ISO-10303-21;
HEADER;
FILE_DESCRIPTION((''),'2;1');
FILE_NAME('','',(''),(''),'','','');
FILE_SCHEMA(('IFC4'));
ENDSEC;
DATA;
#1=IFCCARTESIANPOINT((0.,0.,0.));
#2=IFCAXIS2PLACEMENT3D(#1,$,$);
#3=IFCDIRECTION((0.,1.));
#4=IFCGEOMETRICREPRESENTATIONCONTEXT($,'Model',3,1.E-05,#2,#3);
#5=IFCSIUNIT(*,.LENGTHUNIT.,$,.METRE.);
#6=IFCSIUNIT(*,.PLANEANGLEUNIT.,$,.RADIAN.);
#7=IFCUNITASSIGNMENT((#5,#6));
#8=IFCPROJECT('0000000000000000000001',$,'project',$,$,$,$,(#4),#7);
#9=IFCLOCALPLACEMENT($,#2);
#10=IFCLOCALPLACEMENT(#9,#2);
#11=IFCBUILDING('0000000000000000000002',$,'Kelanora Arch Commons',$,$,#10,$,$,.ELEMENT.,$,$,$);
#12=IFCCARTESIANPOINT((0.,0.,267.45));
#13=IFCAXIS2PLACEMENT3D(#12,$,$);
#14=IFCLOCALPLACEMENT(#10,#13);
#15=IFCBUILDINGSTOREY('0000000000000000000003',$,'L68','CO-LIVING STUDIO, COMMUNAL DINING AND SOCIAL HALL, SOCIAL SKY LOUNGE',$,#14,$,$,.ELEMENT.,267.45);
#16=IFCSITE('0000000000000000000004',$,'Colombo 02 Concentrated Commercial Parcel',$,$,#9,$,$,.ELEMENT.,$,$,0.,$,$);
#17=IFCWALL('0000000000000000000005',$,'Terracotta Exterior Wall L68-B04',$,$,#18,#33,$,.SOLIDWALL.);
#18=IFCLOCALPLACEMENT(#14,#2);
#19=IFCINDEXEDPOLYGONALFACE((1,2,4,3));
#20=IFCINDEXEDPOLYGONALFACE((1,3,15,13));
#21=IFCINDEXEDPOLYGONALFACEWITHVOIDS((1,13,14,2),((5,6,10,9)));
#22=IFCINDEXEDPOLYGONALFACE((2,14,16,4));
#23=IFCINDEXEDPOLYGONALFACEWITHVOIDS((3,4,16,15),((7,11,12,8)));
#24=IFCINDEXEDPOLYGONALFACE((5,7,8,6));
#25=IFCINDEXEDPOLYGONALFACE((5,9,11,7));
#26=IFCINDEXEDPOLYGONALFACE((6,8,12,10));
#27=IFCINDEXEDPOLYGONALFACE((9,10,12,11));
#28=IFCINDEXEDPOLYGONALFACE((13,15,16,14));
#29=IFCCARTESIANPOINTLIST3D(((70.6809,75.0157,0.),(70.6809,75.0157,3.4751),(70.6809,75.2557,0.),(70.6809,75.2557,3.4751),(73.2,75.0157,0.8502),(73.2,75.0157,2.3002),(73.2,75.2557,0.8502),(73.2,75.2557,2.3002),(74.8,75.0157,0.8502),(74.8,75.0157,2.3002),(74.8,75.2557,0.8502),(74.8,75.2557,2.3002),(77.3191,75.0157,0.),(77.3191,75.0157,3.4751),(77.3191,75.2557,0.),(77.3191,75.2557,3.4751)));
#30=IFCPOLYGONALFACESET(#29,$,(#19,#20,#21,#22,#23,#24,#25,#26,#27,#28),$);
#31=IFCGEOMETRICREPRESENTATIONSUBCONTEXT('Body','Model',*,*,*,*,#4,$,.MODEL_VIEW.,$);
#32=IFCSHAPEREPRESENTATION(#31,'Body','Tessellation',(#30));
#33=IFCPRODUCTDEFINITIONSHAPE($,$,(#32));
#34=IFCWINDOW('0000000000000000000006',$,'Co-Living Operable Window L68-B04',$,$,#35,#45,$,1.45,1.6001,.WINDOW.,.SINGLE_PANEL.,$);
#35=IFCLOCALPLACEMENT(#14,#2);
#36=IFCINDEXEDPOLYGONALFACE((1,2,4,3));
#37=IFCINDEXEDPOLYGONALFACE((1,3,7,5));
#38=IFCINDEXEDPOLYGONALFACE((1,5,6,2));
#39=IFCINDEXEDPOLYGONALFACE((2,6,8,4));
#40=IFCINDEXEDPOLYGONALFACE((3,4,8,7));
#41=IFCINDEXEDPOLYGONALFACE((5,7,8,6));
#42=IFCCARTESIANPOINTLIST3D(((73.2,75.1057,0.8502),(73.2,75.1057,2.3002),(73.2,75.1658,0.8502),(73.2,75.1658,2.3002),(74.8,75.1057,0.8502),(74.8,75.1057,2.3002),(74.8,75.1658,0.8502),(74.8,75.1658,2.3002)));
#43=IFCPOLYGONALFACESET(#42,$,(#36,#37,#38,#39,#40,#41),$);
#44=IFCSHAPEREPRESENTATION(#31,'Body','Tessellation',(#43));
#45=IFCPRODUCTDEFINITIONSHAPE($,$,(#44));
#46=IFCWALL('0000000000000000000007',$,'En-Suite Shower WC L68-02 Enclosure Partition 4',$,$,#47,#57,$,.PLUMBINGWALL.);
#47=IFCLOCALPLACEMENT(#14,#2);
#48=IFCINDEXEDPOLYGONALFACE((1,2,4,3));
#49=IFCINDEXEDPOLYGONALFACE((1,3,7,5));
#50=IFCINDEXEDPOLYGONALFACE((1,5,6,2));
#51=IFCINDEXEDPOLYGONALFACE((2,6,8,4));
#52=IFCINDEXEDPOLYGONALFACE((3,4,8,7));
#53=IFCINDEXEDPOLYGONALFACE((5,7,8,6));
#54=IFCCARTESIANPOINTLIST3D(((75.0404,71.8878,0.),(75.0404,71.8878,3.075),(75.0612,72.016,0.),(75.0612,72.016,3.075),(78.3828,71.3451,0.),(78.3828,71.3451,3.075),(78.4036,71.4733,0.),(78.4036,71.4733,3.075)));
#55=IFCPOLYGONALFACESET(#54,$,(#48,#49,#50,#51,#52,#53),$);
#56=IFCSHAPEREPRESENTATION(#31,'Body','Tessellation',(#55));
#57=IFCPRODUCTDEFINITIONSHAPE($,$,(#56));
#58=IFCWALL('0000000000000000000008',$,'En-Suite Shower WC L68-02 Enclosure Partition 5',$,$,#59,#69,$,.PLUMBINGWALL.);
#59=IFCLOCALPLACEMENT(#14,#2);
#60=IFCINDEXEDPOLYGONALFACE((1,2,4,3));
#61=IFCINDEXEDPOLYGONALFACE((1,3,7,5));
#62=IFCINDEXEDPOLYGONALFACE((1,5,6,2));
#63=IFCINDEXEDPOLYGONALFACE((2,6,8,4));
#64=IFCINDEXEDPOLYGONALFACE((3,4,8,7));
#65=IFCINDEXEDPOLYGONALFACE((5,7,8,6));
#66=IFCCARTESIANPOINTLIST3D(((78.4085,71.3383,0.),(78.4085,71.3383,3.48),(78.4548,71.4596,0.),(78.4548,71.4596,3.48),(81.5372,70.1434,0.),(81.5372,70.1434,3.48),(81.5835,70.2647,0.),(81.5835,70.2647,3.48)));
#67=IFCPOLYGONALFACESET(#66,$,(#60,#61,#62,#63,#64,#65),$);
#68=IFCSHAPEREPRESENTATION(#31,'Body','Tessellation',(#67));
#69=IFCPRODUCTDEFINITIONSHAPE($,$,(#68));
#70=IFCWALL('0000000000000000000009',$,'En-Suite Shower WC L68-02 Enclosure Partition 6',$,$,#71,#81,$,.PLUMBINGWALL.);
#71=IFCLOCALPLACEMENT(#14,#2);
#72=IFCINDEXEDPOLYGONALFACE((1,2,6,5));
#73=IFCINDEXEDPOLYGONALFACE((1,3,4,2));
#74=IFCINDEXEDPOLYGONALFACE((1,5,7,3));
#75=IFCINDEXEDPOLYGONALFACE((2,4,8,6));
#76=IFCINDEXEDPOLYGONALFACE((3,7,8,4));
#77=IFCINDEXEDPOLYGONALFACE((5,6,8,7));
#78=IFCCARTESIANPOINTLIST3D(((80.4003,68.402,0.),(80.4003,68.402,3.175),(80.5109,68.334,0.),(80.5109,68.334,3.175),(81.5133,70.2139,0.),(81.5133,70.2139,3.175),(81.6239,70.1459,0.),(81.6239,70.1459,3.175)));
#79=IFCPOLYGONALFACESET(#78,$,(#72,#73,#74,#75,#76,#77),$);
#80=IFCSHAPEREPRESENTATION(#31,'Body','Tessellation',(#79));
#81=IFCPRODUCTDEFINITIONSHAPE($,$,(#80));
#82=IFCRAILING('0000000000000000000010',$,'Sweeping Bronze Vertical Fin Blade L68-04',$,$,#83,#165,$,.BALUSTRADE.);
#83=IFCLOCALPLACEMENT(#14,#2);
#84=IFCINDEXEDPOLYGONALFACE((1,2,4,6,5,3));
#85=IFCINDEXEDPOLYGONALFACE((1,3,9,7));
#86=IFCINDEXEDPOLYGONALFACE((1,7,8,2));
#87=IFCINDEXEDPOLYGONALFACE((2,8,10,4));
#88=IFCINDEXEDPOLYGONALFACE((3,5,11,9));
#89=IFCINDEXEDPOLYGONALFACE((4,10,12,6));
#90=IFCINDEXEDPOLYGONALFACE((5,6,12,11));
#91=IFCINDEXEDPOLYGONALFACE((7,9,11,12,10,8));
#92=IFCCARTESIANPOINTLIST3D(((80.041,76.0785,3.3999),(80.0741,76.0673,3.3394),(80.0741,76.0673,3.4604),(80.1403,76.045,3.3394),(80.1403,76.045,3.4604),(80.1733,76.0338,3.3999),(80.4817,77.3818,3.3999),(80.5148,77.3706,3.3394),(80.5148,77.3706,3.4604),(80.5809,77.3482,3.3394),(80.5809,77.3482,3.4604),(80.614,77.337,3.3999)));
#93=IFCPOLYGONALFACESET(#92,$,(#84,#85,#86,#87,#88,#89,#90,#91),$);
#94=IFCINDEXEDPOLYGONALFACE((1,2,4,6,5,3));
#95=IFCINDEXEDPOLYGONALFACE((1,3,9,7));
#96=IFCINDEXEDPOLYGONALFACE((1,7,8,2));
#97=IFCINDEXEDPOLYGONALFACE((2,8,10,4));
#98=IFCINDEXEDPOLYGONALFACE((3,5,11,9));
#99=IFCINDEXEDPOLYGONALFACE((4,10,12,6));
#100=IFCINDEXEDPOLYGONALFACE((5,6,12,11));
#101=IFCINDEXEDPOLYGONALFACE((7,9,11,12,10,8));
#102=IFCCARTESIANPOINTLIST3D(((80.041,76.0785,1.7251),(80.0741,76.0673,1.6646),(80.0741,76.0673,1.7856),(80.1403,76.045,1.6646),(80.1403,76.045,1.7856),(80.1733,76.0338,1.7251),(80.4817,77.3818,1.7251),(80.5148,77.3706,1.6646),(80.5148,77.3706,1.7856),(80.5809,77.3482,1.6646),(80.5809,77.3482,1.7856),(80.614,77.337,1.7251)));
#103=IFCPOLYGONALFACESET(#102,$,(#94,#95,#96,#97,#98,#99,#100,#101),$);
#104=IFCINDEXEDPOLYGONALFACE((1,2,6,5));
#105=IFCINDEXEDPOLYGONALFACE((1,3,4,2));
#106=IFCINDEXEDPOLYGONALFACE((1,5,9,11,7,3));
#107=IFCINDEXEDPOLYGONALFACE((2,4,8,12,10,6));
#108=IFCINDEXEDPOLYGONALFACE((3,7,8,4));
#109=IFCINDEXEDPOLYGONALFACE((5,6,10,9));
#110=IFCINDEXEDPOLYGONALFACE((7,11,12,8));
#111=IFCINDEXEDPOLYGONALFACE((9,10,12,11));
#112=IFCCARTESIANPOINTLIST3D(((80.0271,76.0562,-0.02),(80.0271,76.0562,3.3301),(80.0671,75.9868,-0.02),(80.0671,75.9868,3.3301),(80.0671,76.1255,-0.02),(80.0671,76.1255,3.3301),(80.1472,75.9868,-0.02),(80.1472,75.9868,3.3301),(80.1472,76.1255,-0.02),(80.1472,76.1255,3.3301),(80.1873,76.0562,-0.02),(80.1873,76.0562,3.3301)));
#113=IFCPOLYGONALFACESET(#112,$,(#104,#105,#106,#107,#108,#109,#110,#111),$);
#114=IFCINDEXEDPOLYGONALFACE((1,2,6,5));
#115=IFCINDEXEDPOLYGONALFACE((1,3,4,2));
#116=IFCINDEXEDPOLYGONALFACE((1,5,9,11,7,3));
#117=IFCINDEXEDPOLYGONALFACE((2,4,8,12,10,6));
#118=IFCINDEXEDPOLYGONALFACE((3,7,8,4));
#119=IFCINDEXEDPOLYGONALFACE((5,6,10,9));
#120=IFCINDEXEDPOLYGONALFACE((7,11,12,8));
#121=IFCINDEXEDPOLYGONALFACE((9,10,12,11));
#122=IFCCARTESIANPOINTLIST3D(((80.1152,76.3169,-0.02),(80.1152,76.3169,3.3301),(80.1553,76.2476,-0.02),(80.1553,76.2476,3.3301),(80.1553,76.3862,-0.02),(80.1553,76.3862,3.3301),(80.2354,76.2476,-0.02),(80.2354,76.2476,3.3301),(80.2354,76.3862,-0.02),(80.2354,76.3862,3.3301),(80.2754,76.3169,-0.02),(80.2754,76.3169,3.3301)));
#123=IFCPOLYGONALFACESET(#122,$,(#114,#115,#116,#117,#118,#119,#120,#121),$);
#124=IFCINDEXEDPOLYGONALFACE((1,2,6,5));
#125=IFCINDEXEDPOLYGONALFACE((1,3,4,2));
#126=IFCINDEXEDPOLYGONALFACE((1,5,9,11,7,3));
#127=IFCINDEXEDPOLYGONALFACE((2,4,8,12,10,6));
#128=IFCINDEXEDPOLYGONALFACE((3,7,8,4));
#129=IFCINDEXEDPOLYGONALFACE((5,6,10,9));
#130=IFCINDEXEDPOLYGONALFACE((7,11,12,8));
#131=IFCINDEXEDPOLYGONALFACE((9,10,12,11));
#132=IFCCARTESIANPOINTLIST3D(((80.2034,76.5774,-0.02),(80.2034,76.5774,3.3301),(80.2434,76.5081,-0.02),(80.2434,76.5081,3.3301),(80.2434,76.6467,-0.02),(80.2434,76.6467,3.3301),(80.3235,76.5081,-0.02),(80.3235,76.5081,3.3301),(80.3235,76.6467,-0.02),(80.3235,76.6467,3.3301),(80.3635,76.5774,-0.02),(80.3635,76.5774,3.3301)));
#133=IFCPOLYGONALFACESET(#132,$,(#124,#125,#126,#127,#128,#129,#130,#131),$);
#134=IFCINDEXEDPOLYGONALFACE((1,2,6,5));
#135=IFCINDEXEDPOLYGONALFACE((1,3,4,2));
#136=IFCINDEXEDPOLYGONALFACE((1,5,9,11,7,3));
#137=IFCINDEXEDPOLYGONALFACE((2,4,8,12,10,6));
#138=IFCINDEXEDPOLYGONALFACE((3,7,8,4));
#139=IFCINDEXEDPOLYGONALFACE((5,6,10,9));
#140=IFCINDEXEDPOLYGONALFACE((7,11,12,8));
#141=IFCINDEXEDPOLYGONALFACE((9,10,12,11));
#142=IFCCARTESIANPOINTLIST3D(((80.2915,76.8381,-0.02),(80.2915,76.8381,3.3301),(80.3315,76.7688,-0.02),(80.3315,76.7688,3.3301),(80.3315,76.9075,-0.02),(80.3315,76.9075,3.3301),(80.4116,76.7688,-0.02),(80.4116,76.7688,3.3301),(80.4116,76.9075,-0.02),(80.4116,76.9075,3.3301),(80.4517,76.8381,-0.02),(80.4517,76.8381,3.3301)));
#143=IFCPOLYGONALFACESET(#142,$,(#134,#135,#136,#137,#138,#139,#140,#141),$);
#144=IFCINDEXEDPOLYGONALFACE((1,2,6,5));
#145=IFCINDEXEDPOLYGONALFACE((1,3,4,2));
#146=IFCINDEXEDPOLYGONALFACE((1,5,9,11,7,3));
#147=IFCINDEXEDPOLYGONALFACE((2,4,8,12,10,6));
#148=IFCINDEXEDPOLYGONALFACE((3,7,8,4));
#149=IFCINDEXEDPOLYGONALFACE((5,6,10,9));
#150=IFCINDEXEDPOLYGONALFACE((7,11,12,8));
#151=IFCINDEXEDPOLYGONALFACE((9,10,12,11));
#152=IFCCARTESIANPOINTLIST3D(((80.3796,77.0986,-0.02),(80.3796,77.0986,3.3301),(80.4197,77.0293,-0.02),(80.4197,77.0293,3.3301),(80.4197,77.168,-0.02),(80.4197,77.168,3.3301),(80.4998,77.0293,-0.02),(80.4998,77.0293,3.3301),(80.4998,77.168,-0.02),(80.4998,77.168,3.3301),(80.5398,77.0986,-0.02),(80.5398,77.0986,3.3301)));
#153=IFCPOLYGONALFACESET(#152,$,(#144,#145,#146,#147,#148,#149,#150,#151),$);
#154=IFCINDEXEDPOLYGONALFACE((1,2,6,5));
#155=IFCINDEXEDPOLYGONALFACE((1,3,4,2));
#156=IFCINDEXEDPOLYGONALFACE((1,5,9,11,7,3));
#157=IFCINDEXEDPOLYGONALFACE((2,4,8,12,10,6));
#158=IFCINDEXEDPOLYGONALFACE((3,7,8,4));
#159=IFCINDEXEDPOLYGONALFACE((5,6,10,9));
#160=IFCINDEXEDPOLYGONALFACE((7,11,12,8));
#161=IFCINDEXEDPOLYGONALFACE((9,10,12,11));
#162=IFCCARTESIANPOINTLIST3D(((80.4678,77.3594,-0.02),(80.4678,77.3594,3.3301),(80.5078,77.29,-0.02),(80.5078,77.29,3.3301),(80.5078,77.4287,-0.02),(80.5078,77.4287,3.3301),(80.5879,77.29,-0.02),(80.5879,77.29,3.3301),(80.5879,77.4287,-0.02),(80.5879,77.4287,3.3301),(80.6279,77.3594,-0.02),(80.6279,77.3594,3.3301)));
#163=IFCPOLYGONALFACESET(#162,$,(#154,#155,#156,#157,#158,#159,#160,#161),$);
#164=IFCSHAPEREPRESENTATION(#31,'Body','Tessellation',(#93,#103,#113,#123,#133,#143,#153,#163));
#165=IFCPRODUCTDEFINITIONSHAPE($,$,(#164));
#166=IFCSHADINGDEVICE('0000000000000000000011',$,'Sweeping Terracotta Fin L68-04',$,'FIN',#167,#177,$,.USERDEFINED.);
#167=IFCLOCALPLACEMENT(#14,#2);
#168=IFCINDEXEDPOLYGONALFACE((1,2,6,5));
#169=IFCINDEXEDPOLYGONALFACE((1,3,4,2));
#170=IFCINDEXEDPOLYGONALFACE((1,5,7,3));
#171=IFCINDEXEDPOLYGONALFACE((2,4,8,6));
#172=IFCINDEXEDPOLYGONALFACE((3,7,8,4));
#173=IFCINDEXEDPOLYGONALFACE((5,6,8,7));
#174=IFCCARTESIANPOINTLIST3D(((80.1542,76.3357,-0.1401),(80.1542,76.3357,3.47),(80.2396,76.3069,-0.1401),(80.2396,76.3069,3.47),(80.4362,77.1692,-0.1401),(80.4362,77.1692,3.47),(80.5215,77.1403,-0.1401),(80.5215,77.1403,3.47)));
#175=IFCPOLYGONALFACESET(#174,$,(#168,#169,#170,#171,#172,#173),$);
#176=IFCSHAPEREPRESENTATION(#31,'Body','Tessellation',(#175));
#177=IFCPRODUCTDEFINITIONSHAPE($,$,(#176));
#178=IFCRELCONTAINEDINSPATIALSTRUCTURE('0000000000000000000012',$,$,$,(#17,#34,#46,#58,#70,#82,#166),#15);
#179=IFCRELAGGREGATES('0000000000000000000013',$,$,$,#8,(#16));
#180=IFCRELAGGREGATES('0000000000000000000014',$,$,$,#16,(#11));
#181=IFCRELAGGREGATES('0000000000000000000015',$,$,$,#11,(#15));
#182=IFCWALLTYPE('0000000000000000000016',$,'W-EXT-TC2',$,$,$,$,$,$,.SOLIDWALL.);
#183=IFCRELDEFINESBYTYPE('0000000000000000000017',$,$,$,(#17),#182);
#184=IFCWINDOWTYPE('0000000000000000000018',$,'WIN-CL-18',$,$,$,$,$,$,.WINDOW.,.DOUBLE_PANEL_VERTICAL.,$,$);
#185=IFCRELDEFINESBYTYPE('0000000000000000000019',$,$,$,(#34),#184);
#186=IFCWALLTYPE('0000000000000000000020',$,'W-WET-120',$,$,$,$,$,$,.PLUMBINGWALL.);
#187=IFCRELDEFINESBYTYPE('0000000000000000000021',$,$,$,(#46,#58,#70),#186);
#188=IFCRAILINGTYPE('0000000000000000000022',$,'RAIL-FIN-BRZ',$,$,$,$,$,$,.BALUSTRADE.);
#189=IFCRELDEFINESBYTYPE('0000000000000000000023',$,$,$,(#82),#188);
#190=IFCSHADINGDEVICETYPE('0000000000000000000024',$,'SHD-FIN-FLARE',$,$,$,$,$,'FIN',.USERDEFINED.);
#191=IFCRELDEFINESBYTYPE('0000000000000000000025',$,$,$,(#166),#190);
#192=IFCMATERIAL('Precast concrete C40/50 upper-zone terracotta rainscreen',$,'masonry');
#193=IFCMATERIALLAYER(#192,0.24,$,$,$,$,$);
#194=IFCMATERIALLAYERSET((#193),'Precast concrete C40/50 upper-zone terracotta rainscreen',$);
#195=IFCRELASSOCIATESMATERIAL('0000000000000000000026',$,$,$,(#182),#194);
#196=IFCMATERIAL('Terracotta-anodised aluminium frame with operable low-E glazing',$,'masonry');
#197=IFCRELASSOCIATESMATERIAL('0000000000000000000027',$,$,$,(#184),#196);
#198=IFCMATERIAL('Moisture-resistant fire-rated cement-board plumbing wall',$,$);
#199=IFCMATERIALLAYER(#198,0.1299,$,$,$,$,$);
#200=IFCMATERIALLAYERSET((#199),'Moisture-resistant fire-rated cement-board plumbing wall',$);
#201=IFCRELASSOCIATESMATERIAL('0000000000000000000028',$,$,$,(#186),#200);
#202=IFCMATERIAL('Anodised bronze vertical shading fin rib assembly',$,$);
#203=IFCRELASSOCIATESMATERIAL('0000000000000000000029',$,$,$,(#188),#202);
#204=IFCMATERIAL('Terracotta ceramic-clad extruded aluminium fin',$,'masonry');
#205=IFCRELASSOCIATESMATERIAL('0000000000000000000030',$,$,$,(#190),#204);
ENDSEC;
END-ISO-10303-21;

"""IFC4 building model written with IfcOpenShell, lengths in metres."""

from ifc_helpers import new_model, si_unit, direction, frame, frame_2d, origin, origin_2d, place, context, subcontext, project, spatial, polyline, rectangle, outline, extrude, source, transform, mapped, material, layer, layer_set, type_object, element, fill, save


model = new_model("IFC4")

# Units and contexts
model_context = context("Model", 3, precision=1e-05, world=origin(), true_north=direction((0.0, 1.0)))
body_context = subcontext(model_context, "Body", "Model", "MODEL_VIEW")
ifc_project = project(units=[si_unit("LENGTHUNIT", "METRE"), si_unit("PLANEANGLEUNIT", "RADIAN")], contexts=[model_context])

# Site, building, storey
site_placement = place(None, origin())
site = spatial("IfcSite", under=ifc_project, at=site_placement, Name="Colombo 02 Concentrated Commercial Parcel", CompositionType="ELEMENT", RefElevation=0.0)
building_placement = place(site_placement, origin())
building = spatial("IfcBuilding", under=site, at=building_placement, Name="Kelanora Arch Commons", CompositionType="ELEMENT")
storey_placement = place(building_placement, frame((0.0, 0.0, 267.45)))
storey = spatial("IfcBuildingStorey", under=building, at=storey_placement, Name="L68", Description="CO-LIVING STUDIO, COMMUNAL DINING AND SOCIAL HALL, SOCIAL SKY LOUNGE", CompositionType="ELEMENT", Elevation=267.45)

# Wall, opening, window
ifc_material_1 = material(Name="Precast concrete C40/50 upper-zone terracotta rainscreen", Category="masonry")
ifc_layer_1 = layer(ifc_material_1, 0.24)
ifc_layer_set_1 = layer_set([ifc_layer_1], Name="Precast concrete C40/50 upper-zone terracotta rainscreen")
wall_type_1 = type_object("IfcWallType", Name="W-EXT-TC2", PredefinedType="SOLIDWALL", material=ifc_layer_set_1)
wall_1_placement = place(storey_placement, frame((77.3191, 75.1357, 0.0), z_axis=(0.0, 0.0, 1.0), x_axis=(-1.0, 0.0, 0.0)))
wall_1 = element("IfcWall", 1, at=wall_1_placement, inside=storey, type_object=wall_type_1, Name="Terracotta Exterior Wall L68-B04", PredefinedType="SOLIDWALL", context=body_context, shape_type="SweptSolid", body=[
    extrude(rectangle(XDim=6.6382, YDim=0.24, at=frame_2d((3.3191, 0.0))), origin(), (0.0, 0.0, 1.0), 3.4751),
])
opening_placement = place(wall_1_placement, frame((2.519, 0.0, 0.8501)))
opening = element("IfcOpeningElement", 2, at=opening_placement, cuts=wall_1, PredefinedType="OPENING", context=body_context, shape_type="SweptSolid", body=[
    extrude(rectangle(XDim=1.6001, YDim=1.45, at=frame_2d((0.8, 0.7251))), frame((0.0, 0.1299, 0.0), z_axis=(0.0, -1.0, 0.0), x_axis=(1.0, 0.0, 0.0)), (0.0, 0.0, 1.0), 0.26),
])
ifc_material_2 = material(Name="Terracotta-anodised aluminium frame with operable low-E glazing", Category="masonry")
window_type = type_object("IfcWindowType", Name="WIN-CL-18", PartitioningType="DOUBLE_PANEL_VERTICAL", PredefinedType="WINDOW", material=ifc_material_2)
window_placement = place(opening_placement, origin())
window = element("IfcWindow", 3, at=window_placement, inside=storey, type_object=window_type, Name="Co-Living Operable Window L68-B04", OverallHeight=1.45, OverallWidth=1.6001, PartitioningType="SINGLE_PANEL", PredefinedType="WINDOW", context=body_context, shape_type="SweptSolid", body=[
    extrude(rectangle(XDim=1.6001, YDim=1.45, at=frame_2d((0.8, 0.7251))), frame((0.0, 0.03, 0.0), z_axis=(0.0, -1.0, 0.0), x_axis=(1.0, 0.0, 0.0)), (0.0, 0.0, 1.0), 0.0601),
])
fill(opening, window)

# Walls
ifc_material_3 = material(Name="Moisture-resistant fire-rated cement-board plumbing wall")
ifc_layer_2 = layer(ifc_material_3, 0.1299)
ifc_layer_set_2 = layer_set([ifc_layer_2], Name="Moisture-resistant fire-rated cement-board plumbing wall")
wall_type_2 = type_object("IfcWallType", Name="W-WET-120", PredefinedType="PLUMBINGWALL", material=ifc_layer_set_2)
wall_2_placement = place(storey_placement, frame((75.0508, 71.9519, 0.0), z_axis=(0.0, 0.0, 1.0), x_axis=(0.987073, -0.160271, 0.0)))
element("IfcWall", 4, at=wall_2_placement, inside=storey, type_object=wall_type_2, Name="En-Suite Shower WC L68-02 Enclosure Partition 4", PredefinedType="PLUMBINGWALL", context=body_context, shape_type="SweptSolid", body=[
    extrude(rectangle(XDim=3.3862, YDim=0.1299, at=frame_2d((1.6931, 0.0))), origin(), (0.0, 0.0, 1.0), 3.075),
])
wall_3_placement = place(storey_placement, frame((78.4316, 71.3989, 0.0), z_axis=(0.0, 0.0, 1.0), x_axis=(0.934194, -0.356765, 0.0)))
element("IfcWall", 5, at=wall_3_placement, inside=storey, type_object=wall_type_2, Name="En-Suite Shower WC L68-02 Enclosure Partition 5", PredefinedType="PLUMBINGWALL", context=body_context, shape_type="SweptSolid", body=[
    extrude(rectangle(XDim=3.3491, YDim=0.1299, at=frame_2d((1.6746, 0.0))), origin(), (0.0, 0.0, 1.0), 3.48),
])
wall_4_placement = place(storey_placement, frame((81.5686, 70.1799, 0.0), z_axis=(0.0, 0.0, 1.0), x_axis=(-0.523399, -0.852088, 0.0)))
element("IfcWall", 6, at=wall_4_placement, inside=storey, type_object=wall_type_2, Name="En-Suite Shower WC L68-02 Enclosure Partition 6", PredefinedType="PLUMBINGWALL", context=body_context, shape_type="SweptSolid", body=[
    extrude(rectangle(XDim=2.1265, YDim=0.1299, at=frame_2d((1.0632, 0.0))), origin(), (0.0, 0.0, 1.0), 3.175),
])

# Railing
ifc_material_4 = material(Name="Anodised bronze vertical shading fin rib assembly")
railing_type = type_object("IfcRailingType", Name="RAIL-FIN-BRZ", PredefinedType="BALUSTRADE", material=ifc_material_4)
railing_placement = place(storey_placement, frame((80.1072, 76.0562, -0.02)))
element("IfcRailing", 7, at=railing_placement, inside=storey, type_object=railing_type, Name="Sweeping Bronze Vertical Fin Blade L68-04", PredefinedType="BALUSTRADE", context=body_context, shape_type="SweptSolid", body=[
    extrude(outline(polyline([(0.0698, 0.0), (0.0349, 0.0605), (-0.0349, 0.0605), (-0.0698, 0.0), (-0.0349, -0.0605), (0.0349, -0.0605), (0.0698, 0.0)])), frame((0.0, 0.0, 3.4199), z_axis=(0.320324, 0.947308, 0.0), x_axis=(-0.947308, 0.320324, 0.0)), (0.0, 0.0, 1.0), 1.3757),
    extrude(outline(polyline([(0.0698, 0.0), (0.0349, 0.0605), (-0.0349, 0.0605), (-0.0698, 0.0), (-0.0349, -0.0605), (0.0349, -0.0605), (0.0698, 0.0)])), frame((0.0, 0.0, 1.7451), z_axis=(0.320324, 0.947308, 0.0), x_axis=(-0.947308, 0.320324, 0.0)), (0.0, 0.0, 1.0), 1.3757),
    extrude(outline(polyline([(0.0801, 0.0), (0.04, 0.0693), (-0.04, 0.0693), (-0.0801, 0.0), (-0.04, -0.0693), (0.04, -0.0693), (0.0801, 0.0)])), origin(), (0.0, 0.0, 1.0), 3.3501),
    extrude(outline(polyline([(0.0801, 0.0), (0.04, 0.0693), (-0.04, 0.0693), (-0.0801, 0.0), (-0.04, -0.0693), (0.04, -0.0693), (0.0801, 0.0)])), frame((0.0881, 0.2607, 0.0)), (0.0, 0.0, 1.0), 3.3501),
    extrude(outline(polyline([(0.0801, 0.0), (0.04, 0.0693), (-0.04, 0.0693), (-0.0801, 0.0), (-0.04, -0.0693), (0.04, -0.0693), (0.0801, 0.0)])), frame((0.1763, 0.5212, 0.0)), (0.0, 0.0, 1.0), 3.3501),
    extrude(outline(polyline([(0.0801, 0.0), (0.04, 0.0693), (-0.04, 0.0693), (-0.0801, 0.0), (-0.04, -0.0693), (0.04, -0.0693), (0.0801, 0.0)])), frame((0.2644, 0.782, 0.0)), (0.0, 0.0, 1.0), 3.3501),
    extrude(outline(polyline([(0.0801, 0.0), (0.04, 0.0693), (-0.04, 0.0693), (-0.0801, 0.0), (-0.04, -0.0693), (0.04, -0.0693), (0.0801, 0.0)])), frame((0.3525, 1.0425, 0.0)), (0.0, 0.0, 1.0), 3.3501),
    extrude(outline(polyline([(0.0801, 0.0), (0.04, 0.0693), (-0.04, 0.0693), (-0.0801, 0.0), (-0.04, -0.0693), (0.04, -0.0693), (0.0801, 0.0)])), frame((0.4407, 1.3032, 0.0)), (0.0, 0.0, 1.0), 3.3501),
])

# Shading device
ifc_material_5 = material(Name="Terracotta ceramic-clad extruded aluminium fin", Category="masonry")
shading_device_type = type_object("IfcShadingDeviceType", Name="SHD-FIN-FLARE", ElementType="FIN", PredefinedType="USERDEFINED", material=ifc_material_5)
shared_shape_1 = source(origin(), body_context, "Body", "SweptSolid", [
    extrude(rectangle(XDim=0.8799, YDim=0.0901, at=origin_2d()), origin(), (0.0, 0.0, 1.0), 3.6101),
])
shading_device_placement = place(storey_placement, frame((80.3379, 76.738, -0.1401), z_axis=(0.0, 0.0, 1.0), x_axis=(0.320448, 0.947266, 0.0)))
element("IfcShadingDevice", 8, at=shading_device_placement, inside=storey, type_object=shading_device_type, Name="Sweeping Terracotta Fin L68-04", ObjectType="FIN", PredefinedType="USERDEFINED", context=body_context, shape_type="MappedRepresentation", body=[
    mapped(shared_shape_1, transform((0.0, 0.0, 0.0), scale=1.0)),
])

save(model, "model.ifc")
